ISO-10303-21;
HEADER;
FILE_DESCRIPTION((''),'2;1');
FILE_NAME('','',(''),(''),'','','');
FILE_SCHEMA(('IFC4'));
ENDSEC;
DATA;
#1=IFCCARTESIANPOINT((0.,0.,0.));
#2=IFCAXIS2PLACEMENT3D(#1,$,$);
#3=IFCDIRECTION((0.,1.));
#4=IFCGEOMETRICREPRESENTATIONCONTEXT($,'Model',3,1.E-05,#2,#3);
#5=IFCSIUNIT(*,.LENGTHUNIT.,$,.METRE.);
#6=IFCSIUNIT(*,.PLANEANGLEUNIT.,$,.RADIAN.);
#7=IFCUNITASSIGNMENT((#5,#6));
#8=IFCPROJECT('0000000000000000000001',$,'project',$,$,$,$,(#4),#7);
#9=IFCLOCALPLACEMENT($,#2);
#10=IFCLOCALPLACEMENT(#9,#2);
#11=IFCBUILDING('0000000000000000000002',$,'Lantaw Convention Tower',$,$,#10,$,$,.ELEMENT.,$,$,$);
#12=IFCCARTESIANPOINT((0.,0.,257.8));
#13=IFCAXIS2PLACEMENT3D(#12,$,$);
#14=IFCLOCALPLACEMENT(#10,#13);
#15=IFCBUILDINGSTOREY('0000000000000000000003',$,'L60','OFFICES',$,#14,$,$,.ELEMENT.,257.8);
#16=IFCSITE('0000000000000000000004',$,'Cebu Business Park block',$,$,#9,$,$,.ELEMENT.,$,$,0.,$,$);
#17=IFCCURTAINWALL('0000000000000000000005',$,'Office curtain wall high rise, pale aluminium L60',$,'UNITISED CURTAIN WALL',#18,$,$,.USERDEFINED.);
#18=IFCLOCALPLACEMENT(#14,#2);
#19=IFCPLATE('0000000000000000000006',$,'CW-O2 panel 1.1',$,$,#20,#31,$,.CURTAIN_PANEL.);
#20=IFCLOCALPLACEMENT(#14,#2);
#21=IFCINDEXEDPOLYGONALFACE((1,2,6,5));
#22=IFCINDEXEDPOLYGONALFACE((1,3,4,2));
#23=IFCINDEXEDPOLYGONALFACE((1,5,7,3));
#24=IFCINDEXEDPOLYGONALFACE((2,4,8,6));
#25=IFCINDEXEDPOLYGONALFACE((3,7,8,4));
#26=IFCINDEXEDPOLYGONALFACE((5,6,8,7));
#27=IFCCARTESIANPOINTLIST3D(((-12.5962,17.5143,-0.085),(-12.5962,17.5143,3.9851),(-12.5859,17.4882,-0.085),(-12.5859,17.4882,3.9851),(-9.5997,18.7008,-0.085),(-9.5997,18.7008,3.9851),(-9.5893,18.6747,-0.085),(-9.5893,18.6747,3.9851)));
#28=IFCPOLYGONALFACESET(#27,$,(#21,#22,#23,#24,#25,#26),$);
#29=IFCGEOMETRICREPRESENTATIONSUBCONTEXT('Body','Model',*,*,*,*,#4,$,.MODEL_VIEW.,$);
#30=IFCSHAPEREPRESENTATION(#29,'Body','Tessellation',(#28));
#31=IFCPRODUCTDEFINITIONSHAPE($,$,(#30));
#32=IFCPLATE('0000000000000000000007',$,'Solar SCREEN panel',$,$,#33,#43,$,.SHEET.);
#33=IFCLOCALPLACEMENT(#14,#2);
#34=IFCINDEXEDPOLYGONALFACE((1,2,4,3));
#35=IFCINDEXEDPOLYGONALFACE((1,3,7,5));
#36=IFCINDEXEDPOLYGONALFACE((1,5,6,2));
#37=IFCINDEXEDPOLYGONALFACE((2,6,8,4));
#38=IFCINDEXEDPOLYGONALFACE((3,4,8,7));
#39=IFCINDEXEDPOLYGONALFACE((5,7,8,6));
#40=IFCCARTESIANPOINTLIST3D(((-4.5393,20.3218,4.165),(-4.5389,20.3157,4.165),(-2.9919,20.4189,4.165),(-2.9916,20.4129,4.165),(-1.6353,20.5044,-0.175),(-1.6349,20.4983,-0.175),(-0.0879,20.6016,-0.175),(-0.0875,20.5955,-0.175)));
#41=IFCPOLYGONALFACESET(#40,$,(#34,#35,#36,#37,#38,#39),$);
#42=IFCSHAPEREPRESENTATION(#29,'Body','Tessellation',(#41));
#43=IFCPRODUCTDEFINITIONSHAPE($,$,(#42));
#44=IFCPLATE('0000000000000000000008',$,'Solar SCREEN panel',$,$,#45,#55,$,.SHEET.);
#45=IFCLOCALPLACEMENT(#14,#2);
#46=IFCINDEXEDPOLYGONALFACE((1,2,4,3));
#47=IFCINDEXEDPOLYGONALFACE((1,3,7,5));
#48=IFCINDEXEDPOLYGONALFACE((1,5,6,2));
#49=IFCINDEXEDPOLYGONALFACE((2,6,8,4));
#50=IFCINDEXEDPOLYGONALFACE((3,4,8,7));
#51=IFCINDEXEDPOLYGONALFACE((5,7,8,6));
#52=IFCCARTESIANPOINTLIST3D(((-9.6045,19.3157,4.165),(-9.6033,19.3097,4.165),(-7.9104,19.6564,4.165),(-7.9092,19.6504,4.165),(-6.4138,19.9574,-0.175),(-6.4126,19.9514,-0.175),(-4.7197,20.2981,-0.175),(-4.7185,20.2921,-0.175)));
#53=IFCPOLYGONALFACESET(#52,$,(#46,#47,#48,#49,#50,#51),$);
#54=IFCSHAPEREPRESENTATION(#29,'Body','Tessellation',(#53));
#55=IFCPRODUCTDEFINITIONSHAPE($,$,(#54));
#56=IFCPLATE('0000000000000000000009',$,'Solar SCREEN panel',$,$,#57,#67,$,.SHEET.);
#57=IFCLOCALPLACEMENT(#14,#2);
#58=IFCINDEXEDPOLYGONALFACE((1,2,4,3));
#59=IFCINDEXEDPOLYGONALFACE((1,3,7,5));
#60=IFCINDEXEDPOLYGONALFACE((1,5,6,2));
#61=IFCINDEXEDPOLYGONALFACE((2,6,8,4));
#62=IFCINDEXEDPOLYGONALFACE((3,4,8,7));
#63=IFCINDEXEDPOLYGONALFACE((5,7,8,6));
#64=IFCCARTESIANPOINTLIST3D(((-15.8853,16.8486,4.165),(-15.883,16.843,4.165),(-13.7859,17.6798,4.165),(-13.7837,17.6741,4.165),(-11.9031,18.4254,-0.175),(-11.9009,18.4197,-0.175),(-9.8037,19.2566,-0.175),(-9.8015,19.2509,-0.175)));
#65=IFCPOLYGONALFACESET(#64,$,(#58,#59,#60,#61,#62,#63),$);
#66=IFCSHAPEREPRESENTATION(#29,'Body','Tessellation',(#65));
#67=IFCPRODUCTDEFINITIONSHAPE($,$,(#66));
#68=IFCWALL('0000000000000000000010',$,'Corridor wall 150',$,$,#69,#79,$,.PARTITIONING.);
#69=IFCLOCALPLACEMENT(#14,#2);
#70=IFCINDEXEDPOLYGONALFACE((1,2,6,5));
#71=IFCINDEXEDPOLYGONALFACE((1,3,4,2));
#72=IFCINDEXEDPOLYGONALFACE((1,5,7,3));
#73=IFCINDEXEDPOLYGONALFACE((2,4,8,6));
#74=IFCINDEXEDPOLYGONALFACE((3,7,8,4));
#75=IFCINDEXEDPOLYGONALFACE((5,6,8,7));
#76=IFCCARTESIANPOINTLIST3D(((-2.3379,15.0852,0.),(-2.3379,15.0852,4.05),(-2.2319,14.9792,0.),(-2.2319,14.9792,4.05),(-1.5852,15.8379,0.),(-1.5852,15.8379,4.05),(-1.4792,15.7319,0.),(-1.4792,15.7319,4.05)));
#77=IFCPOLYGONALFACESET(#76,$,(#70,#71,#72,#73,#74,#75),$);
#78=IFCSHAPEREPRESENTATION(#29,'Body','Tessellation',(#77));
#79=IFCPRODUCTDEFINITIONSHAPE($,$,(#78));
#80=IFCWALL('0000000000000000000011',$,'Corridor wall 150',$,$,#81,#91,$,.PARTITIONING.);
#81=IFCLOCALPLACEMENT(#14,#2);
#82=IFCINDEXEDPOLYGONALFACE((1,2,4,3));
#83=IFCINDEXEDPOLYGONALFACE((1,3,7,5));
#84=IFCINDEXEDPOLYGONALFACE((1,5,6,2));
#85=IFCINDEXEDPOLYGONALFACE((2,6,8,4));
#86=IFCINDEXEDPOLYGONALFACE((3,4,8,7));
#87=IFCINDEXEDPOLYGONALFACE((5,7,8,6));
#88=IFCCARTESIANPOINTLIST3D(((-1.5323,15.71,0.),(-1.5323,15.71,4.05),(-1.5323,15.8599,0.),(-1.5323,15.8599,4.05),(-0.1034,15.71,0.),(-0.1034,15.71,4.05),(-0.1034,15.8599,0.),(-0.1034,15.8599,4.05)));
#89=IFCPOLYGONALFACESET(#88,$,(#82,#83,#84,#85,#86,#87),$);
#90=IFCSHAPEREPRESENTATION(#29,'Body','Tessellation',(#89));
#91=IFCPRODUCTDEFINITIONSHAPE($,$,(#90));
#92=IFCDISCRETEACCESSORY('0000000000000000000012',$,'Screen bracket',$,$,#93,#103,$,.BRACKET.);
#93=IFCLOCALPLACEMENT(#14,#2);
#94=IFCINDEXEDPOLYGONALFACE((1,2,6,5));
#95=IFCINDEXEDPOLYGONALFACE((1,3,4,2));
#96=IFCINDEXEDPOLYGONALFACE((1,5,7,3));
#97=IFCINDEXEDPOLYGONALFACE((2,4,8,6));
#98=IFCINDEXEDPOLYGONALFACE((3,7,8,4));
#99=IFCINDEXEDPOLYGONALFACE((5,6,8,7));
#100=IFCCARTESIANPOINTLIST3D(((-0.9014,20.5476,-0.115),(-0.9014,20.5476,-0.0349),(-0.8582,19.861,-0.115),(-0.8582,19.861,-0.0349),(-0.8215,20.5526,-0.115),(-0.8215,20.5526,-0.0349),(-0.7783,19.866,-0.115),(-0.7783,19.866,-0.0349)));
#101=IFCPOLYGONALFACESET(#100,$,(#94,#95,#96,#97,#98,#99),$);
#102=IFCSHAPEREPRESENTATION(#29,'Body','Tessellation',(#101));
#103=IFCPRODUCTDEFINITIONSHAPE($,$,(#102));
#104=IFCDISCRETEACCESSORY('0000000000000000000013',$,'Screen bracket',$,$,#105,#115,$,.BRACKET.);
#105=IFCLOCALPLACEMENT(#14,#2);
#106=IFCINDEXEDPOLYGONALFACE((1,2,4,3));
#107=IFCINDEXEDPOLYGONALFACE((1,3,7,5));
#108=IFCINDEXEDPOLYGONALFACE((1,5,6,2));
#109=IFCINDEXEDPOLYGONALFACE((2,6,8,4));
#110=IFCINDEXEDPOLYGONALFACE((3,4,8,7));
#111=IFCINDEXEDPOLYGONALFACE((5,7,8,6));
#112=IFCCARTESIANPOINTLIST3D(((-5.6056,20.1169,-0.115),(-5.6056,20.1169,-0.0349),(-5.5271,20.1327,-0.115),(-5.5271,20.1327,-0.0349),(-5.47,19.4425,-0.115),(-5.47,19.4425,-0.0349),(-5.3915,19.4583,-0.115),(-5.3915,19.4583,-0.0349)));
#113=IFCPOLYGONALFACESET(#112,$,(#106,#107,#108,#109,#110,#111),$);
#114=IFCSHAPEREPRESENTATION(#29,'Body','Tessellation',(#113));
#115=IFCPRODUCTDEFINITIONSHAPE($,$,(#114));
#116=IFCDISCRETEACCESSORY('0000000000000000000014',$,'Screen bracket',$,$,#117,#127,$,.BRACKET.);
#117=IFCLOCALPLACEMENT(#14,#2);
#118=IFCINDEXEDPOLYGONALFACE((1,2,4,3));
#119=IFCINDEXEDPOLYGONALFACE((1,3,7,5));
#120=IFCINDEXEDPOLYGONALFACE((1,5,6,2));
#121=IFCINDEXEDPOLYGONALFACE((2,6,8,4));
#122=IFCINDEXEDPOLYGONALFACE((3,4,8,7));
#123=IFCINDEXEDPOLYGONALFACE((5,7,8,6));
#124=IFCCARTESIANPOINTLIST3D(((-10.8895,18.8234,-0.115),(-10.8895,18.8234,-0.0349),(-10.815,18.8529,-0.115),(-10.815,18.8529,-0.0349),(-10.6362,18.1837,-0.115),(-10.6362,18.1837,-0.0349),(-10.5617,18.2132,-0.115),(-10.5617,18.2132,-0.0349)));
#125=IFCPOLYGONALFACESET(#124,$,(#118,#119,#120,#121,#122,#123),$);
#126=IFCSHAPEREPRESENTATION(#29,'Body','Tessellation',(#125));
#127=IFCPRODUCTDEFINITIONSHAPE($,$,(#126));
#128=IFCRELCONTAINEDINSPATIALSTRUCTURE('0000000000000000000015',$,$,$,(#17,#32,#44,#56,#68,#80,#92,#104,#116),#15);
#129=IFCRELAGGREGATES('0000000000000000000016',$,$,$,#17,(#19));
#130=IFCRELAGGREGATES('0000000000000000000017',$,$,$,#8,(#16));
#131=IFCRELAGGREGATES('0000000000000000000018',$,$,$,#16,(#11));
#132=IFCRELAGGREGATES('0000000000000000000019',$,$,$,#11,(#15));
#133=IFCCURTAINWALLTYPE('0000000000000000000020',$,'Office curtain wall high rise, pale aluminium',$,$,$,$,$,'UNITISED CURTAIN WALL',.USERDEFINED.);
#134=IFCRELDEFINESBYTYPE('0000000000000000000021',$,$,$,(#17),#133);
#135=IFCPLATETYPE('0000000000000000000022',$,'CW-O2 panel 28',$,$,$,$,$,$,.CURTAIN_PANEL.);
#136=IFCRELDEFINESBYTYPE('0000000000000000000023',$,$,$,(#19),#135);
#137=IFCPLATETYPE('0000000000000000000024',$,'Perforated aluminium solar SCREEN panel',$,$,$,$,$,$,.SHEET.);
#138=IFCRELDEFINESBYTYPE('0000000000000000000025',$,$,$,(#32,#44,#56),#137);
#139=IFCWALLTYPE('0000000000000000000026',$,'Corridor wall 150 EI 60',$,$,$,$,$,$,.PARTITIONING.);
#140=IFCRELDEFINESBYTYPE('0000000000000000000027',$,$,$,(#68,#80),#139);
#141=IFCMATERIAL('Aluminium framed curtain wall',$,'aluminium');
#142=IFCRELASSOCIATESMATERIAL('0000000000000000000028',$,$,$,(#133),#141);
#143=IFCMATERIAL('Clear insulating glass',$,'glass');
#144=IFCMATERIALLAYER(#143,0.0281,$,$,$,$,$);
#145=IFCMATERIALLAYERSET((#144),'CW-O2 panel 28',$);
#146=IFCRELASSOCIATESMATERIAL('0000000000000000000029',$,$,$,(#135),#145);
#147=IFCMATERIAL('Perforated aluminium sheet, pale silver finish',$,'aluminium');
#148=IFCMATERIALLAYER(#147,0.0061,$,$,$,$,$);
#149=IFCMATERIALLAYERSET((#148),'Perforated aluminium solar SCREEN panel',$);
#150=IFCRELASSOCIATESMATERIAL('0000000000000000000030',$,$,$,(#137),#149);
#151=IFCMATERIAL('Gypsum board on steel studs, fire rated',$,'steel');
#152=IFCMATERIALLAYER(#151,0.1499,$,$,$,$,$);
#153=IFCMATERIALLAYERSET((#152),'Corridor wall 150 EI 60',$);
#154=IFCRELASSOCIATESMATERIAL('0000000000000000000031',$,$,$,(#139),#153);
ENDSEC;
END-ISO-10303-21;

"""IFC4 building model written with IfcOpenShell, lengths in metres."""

from ifc_helpers import new_model, si_unit, direction, frame, frame_2d, origin, origin_2d, place, context, subcontext, project, spatial, polyline, rectangle, outline, extrude, material, layer, layer_set, type_object, element, aggregate, save


model = new_model("IFC4")

# Units and contexts
model_context = context("Model", 3, precision=1e-05, world=origin(), true_north=direction((0.0, 1.0)))
body_context = subcontext(model_context, "Body", "Model", "MODEL_VIEW")
ifc_project = project(units=[si_unit("LENGTHUNIT", "METRE"), si_unit("PLANEANGLEUNIT", "RADIAN")], contexts=[model_context])

# Site, building, storey
site_placement = place(None, origin())
site = spatial("IfcSite", under=ifc_project, at=site_placement, Name="Cebu Business Park block", CompositionType="ELEMENT", RefElevation=0.0)
building_placement = place(site_placement, origin())
building = spatial("IfcBuilding", under=site, at=building_placement, Name="Lantaw Convention Tower", CompositionType="ELEMENT")
storey_placement = place(building_placement, frame((0.0, 0.0, 257.8)))
storey = spatial("IfcBuildingStorey", under=building, at=storey_placement, Name="L60", Description="OFFICES", CompositionType="ELEMENT", Elevation=257.8)

# Shared definitions
ifc_material_1 = material(Name="Aluminium framed curtain wall", Category="aluminium")
curtain_wall_type = type_object("IfcCurtainWallType", Name="Office curtain wall high rise, pale aluminium", ElementType="UNITISED CURTAIN WALL", PredefinedType="USERDEFINED", material=ifc_material_1)

# Curtain wall
curtain_wall_1_placement = place(storey_placement, origin())
curtain_wall_1 = element("IfcCurtainWall", 1, at=curtain_wall_1_placement, inside=storey, type_object=curtain_wall_type, Name="Office curtain wall high rise, pale aluminium L60", ObjectType="UNITISED CURTAIN WALL", PredefinedType="USERDEFINED")

# Plate
ifc_material_2 = material(Name="Clear insulating glass", Category="glass")
ifc_layer_1 = layer(ifc_material_2, 0.0281)
ifc_layer_set_1 = layer_set([ifc_layer_1], Name="CW-O2 panel 28")
plate_type_1 = type_object("IfcPlateType", Name="CW-O2 panel 28", PredefinedType="CURTAIN_PANEL", material=ifc_layer_set_1)
plate_1_placement = place(storey_placement, frame((-11.0928, 18.0945, -0.085), z_axis=(0.0, 0.0, 1.0), x_axis=(-0.929762, -0.368162, 0.0)))
plate_1 = element("IfcPlate", 2, at=plate_1_placement, type_object=plate_type_1, Name="CW-O2 panel 1.1", PredefinedType="CURTAIN_PANEL", context=body_context, shape_type="SweptSolid", body=[
    extrude(rectangle(XDim=3.2229, YDim=0.0281, at=origin_2d()), origin(), (0.0, 0.0, 1.0), 4.0701),
])
aggregate(curtain_wall_1, [plate_1])

# Plates
ifc_material_3 = material(Name="Perforated aluminium sheet, pale silver finish", Category="aluminium")
ifc_layer_2 = layer(ifc_material_3, 0.0061)
ifc_layer_set_2 = layer_set([ifc_layer_2], Name="Perforated aluminium solar SCREEN panel")
plate_type_2 = type_object("IfcPlateType", Name="Perforated aluminium solar SCREEN panel", PredefinedType="SHEET", material=ifc_layer_set_2)
plate_2_placement = place(storey_placement, frame((-0.0879, 20.6016, -0.175), z_axis=(-0.062672, 0.998034, 0.000059), x_axis=(-0.998034, -0.062672, 0.0)))
element("IfcPlate", 3, at=plate_2_placement, inside=storey, type_object=plate_type_2, Name="Solar SCREEN panel", PredefinedType="SHEET", context=body_context, shape_type="SweptSolid", body=[
    extrude(outline(polyline([(0.0, 0.0), (1.5504, 0.0), (4.4602, 4.3401), (2.9098, 4.3401), (0.0, 0.0)])), origin(), (0.0, 0.0, -1.0), 0.0061),
])
plate_3_placement = place(storey_placement, frame((-4.7197, 20.2981, -0.175), z_axis=(-0.197162, 0.980371, 0.000011), x_axis=(-0.980371, -0.197162, 0.0)))
element("IfcPlate", 4, at=plate_3_placement, inside=storey, type_object=plate_type_2, Name="Solar SCREEN panel", PredefinedType="SHEET", context=body_context, shape_type="SweptSolid", body=[
    extrude(outline(polyline([(0.0, 0.0), (1.728, 0.0), (4.9826, 4.3401), (3.2546, 4.3401), (0.0, 0.0)])), origin(), (0.0, 0.0, -1.0), 0.0061),
])
plate_4_placement = place(storey_placement, frame((-9.8037, 19.2566, -0.175), z_axis=(-0.368117, 0.92978, 0.000036), x_axis=(-0.92978, -0.368117, 0.0)))
element("IfcPlate", 5, at=plate_4_placement, inside=storey, type_object=plate_type_2, Name="Solar SCREEN panel", PredefinedType="SHEET", context=body_context, shape_type="SweptSolid", body=[
    extrude(outline(polyline([(0.0, 0.0), (2.258, 0.0), (6.5409, 4.3401), (4.283, 4.3401), (0.0, 0.0)])), origin(), (0.0, 0.0, -1.0), 0.0061),
])

# Walls
ifc_material_4 = material(Name="Gypsum board on steel studs, fire rated", Category="steel")
ifc_layer_3 = layer(ifc_material_4, 0.1499)
ifc_layer_set_3 = layer_set([ifc_layer_3], Name="Corridor wall 150 EI 60")
wall_type = type_object("IfcWallType", Name="Corridor wall 150 EI 60", PredefinedType="PARTITIONING", material=ifc_layer_set_3)
wall_1_placement = place(storey_placement, frame((-2.2849, 15.0322, 0.0), z_axis=(0.0, 0.0, 1.0), x_axis=(0.707107, 0.707107, 0.0)))
element("IfcWall", 6, at=wall_1_placement, inside=storey, type_object=wall_type, Name="Corridor wall 150", PredefinedType="PARTITIONING", context=body_context, shape_type="SweptSolid", body=[
    extrude(rectangle(XDim=1.0645, YDim=0.1499, at=frame_2d((0.5322, 0.0))), origin(), (0.0, 0.0, 1.0), 4.05),
])
wall_2_placement = place(storey_placement, frame((-1.5322, 15.7849, 0.0), z_axis=(0.0, 0.0, 1.0), x_axis=(1.0, 0.0, 0.0)))
element("IfcWall", 7, at=wall_2_placement, inside=storey, type_object=wall_type, Name="Corridor wall 150", PredefinedType="PARTITIONING", context=body_context, shape_type="SweptSolid", body=[
    extrude(rectangle(XDim=1.429, YDim=0.1499, at=frame_2d((0.7144, 0.0))), origin(), (0.0, 0.0, 1.0), 4.05),
])

# Discrete accessories
for number, where, z_axis, x_axis, name in (
    (8, (-0.8398, 20.2068, -0.115), (0.0, 0.0, 1.0), (-0.998029, -0.062758, 0.0), "Screen bracket"),
    (9, (-5.4985, 19.7876, -0.115), (0.0, 0.0, 1.0), (-0.980367, -0.197183, 0.0), "Screen bracket"),
    (10, (-10.7256, 18.5183, -0.115), (0.0, 0.0, 1.0), (-0.929762, -0.368162, 0.0), "Screen bracket"),
):
    element("IfcDiscreteAccessory", number, at=place(storey_placement, frame(where, z_axis=z_axis, x_axis=x_axis)), inside=storey, Name=name, PredefinedType="BRACKET", context=body_context, shape_type="SweptSolid", body=[
        extrude(rectangle(XDim=0.0801, YDim=0.688, at=origin_2d()), origin(), (0.0, 0.0, 1.0), 0.0801),
    ])

save(model, "model.ifc")
